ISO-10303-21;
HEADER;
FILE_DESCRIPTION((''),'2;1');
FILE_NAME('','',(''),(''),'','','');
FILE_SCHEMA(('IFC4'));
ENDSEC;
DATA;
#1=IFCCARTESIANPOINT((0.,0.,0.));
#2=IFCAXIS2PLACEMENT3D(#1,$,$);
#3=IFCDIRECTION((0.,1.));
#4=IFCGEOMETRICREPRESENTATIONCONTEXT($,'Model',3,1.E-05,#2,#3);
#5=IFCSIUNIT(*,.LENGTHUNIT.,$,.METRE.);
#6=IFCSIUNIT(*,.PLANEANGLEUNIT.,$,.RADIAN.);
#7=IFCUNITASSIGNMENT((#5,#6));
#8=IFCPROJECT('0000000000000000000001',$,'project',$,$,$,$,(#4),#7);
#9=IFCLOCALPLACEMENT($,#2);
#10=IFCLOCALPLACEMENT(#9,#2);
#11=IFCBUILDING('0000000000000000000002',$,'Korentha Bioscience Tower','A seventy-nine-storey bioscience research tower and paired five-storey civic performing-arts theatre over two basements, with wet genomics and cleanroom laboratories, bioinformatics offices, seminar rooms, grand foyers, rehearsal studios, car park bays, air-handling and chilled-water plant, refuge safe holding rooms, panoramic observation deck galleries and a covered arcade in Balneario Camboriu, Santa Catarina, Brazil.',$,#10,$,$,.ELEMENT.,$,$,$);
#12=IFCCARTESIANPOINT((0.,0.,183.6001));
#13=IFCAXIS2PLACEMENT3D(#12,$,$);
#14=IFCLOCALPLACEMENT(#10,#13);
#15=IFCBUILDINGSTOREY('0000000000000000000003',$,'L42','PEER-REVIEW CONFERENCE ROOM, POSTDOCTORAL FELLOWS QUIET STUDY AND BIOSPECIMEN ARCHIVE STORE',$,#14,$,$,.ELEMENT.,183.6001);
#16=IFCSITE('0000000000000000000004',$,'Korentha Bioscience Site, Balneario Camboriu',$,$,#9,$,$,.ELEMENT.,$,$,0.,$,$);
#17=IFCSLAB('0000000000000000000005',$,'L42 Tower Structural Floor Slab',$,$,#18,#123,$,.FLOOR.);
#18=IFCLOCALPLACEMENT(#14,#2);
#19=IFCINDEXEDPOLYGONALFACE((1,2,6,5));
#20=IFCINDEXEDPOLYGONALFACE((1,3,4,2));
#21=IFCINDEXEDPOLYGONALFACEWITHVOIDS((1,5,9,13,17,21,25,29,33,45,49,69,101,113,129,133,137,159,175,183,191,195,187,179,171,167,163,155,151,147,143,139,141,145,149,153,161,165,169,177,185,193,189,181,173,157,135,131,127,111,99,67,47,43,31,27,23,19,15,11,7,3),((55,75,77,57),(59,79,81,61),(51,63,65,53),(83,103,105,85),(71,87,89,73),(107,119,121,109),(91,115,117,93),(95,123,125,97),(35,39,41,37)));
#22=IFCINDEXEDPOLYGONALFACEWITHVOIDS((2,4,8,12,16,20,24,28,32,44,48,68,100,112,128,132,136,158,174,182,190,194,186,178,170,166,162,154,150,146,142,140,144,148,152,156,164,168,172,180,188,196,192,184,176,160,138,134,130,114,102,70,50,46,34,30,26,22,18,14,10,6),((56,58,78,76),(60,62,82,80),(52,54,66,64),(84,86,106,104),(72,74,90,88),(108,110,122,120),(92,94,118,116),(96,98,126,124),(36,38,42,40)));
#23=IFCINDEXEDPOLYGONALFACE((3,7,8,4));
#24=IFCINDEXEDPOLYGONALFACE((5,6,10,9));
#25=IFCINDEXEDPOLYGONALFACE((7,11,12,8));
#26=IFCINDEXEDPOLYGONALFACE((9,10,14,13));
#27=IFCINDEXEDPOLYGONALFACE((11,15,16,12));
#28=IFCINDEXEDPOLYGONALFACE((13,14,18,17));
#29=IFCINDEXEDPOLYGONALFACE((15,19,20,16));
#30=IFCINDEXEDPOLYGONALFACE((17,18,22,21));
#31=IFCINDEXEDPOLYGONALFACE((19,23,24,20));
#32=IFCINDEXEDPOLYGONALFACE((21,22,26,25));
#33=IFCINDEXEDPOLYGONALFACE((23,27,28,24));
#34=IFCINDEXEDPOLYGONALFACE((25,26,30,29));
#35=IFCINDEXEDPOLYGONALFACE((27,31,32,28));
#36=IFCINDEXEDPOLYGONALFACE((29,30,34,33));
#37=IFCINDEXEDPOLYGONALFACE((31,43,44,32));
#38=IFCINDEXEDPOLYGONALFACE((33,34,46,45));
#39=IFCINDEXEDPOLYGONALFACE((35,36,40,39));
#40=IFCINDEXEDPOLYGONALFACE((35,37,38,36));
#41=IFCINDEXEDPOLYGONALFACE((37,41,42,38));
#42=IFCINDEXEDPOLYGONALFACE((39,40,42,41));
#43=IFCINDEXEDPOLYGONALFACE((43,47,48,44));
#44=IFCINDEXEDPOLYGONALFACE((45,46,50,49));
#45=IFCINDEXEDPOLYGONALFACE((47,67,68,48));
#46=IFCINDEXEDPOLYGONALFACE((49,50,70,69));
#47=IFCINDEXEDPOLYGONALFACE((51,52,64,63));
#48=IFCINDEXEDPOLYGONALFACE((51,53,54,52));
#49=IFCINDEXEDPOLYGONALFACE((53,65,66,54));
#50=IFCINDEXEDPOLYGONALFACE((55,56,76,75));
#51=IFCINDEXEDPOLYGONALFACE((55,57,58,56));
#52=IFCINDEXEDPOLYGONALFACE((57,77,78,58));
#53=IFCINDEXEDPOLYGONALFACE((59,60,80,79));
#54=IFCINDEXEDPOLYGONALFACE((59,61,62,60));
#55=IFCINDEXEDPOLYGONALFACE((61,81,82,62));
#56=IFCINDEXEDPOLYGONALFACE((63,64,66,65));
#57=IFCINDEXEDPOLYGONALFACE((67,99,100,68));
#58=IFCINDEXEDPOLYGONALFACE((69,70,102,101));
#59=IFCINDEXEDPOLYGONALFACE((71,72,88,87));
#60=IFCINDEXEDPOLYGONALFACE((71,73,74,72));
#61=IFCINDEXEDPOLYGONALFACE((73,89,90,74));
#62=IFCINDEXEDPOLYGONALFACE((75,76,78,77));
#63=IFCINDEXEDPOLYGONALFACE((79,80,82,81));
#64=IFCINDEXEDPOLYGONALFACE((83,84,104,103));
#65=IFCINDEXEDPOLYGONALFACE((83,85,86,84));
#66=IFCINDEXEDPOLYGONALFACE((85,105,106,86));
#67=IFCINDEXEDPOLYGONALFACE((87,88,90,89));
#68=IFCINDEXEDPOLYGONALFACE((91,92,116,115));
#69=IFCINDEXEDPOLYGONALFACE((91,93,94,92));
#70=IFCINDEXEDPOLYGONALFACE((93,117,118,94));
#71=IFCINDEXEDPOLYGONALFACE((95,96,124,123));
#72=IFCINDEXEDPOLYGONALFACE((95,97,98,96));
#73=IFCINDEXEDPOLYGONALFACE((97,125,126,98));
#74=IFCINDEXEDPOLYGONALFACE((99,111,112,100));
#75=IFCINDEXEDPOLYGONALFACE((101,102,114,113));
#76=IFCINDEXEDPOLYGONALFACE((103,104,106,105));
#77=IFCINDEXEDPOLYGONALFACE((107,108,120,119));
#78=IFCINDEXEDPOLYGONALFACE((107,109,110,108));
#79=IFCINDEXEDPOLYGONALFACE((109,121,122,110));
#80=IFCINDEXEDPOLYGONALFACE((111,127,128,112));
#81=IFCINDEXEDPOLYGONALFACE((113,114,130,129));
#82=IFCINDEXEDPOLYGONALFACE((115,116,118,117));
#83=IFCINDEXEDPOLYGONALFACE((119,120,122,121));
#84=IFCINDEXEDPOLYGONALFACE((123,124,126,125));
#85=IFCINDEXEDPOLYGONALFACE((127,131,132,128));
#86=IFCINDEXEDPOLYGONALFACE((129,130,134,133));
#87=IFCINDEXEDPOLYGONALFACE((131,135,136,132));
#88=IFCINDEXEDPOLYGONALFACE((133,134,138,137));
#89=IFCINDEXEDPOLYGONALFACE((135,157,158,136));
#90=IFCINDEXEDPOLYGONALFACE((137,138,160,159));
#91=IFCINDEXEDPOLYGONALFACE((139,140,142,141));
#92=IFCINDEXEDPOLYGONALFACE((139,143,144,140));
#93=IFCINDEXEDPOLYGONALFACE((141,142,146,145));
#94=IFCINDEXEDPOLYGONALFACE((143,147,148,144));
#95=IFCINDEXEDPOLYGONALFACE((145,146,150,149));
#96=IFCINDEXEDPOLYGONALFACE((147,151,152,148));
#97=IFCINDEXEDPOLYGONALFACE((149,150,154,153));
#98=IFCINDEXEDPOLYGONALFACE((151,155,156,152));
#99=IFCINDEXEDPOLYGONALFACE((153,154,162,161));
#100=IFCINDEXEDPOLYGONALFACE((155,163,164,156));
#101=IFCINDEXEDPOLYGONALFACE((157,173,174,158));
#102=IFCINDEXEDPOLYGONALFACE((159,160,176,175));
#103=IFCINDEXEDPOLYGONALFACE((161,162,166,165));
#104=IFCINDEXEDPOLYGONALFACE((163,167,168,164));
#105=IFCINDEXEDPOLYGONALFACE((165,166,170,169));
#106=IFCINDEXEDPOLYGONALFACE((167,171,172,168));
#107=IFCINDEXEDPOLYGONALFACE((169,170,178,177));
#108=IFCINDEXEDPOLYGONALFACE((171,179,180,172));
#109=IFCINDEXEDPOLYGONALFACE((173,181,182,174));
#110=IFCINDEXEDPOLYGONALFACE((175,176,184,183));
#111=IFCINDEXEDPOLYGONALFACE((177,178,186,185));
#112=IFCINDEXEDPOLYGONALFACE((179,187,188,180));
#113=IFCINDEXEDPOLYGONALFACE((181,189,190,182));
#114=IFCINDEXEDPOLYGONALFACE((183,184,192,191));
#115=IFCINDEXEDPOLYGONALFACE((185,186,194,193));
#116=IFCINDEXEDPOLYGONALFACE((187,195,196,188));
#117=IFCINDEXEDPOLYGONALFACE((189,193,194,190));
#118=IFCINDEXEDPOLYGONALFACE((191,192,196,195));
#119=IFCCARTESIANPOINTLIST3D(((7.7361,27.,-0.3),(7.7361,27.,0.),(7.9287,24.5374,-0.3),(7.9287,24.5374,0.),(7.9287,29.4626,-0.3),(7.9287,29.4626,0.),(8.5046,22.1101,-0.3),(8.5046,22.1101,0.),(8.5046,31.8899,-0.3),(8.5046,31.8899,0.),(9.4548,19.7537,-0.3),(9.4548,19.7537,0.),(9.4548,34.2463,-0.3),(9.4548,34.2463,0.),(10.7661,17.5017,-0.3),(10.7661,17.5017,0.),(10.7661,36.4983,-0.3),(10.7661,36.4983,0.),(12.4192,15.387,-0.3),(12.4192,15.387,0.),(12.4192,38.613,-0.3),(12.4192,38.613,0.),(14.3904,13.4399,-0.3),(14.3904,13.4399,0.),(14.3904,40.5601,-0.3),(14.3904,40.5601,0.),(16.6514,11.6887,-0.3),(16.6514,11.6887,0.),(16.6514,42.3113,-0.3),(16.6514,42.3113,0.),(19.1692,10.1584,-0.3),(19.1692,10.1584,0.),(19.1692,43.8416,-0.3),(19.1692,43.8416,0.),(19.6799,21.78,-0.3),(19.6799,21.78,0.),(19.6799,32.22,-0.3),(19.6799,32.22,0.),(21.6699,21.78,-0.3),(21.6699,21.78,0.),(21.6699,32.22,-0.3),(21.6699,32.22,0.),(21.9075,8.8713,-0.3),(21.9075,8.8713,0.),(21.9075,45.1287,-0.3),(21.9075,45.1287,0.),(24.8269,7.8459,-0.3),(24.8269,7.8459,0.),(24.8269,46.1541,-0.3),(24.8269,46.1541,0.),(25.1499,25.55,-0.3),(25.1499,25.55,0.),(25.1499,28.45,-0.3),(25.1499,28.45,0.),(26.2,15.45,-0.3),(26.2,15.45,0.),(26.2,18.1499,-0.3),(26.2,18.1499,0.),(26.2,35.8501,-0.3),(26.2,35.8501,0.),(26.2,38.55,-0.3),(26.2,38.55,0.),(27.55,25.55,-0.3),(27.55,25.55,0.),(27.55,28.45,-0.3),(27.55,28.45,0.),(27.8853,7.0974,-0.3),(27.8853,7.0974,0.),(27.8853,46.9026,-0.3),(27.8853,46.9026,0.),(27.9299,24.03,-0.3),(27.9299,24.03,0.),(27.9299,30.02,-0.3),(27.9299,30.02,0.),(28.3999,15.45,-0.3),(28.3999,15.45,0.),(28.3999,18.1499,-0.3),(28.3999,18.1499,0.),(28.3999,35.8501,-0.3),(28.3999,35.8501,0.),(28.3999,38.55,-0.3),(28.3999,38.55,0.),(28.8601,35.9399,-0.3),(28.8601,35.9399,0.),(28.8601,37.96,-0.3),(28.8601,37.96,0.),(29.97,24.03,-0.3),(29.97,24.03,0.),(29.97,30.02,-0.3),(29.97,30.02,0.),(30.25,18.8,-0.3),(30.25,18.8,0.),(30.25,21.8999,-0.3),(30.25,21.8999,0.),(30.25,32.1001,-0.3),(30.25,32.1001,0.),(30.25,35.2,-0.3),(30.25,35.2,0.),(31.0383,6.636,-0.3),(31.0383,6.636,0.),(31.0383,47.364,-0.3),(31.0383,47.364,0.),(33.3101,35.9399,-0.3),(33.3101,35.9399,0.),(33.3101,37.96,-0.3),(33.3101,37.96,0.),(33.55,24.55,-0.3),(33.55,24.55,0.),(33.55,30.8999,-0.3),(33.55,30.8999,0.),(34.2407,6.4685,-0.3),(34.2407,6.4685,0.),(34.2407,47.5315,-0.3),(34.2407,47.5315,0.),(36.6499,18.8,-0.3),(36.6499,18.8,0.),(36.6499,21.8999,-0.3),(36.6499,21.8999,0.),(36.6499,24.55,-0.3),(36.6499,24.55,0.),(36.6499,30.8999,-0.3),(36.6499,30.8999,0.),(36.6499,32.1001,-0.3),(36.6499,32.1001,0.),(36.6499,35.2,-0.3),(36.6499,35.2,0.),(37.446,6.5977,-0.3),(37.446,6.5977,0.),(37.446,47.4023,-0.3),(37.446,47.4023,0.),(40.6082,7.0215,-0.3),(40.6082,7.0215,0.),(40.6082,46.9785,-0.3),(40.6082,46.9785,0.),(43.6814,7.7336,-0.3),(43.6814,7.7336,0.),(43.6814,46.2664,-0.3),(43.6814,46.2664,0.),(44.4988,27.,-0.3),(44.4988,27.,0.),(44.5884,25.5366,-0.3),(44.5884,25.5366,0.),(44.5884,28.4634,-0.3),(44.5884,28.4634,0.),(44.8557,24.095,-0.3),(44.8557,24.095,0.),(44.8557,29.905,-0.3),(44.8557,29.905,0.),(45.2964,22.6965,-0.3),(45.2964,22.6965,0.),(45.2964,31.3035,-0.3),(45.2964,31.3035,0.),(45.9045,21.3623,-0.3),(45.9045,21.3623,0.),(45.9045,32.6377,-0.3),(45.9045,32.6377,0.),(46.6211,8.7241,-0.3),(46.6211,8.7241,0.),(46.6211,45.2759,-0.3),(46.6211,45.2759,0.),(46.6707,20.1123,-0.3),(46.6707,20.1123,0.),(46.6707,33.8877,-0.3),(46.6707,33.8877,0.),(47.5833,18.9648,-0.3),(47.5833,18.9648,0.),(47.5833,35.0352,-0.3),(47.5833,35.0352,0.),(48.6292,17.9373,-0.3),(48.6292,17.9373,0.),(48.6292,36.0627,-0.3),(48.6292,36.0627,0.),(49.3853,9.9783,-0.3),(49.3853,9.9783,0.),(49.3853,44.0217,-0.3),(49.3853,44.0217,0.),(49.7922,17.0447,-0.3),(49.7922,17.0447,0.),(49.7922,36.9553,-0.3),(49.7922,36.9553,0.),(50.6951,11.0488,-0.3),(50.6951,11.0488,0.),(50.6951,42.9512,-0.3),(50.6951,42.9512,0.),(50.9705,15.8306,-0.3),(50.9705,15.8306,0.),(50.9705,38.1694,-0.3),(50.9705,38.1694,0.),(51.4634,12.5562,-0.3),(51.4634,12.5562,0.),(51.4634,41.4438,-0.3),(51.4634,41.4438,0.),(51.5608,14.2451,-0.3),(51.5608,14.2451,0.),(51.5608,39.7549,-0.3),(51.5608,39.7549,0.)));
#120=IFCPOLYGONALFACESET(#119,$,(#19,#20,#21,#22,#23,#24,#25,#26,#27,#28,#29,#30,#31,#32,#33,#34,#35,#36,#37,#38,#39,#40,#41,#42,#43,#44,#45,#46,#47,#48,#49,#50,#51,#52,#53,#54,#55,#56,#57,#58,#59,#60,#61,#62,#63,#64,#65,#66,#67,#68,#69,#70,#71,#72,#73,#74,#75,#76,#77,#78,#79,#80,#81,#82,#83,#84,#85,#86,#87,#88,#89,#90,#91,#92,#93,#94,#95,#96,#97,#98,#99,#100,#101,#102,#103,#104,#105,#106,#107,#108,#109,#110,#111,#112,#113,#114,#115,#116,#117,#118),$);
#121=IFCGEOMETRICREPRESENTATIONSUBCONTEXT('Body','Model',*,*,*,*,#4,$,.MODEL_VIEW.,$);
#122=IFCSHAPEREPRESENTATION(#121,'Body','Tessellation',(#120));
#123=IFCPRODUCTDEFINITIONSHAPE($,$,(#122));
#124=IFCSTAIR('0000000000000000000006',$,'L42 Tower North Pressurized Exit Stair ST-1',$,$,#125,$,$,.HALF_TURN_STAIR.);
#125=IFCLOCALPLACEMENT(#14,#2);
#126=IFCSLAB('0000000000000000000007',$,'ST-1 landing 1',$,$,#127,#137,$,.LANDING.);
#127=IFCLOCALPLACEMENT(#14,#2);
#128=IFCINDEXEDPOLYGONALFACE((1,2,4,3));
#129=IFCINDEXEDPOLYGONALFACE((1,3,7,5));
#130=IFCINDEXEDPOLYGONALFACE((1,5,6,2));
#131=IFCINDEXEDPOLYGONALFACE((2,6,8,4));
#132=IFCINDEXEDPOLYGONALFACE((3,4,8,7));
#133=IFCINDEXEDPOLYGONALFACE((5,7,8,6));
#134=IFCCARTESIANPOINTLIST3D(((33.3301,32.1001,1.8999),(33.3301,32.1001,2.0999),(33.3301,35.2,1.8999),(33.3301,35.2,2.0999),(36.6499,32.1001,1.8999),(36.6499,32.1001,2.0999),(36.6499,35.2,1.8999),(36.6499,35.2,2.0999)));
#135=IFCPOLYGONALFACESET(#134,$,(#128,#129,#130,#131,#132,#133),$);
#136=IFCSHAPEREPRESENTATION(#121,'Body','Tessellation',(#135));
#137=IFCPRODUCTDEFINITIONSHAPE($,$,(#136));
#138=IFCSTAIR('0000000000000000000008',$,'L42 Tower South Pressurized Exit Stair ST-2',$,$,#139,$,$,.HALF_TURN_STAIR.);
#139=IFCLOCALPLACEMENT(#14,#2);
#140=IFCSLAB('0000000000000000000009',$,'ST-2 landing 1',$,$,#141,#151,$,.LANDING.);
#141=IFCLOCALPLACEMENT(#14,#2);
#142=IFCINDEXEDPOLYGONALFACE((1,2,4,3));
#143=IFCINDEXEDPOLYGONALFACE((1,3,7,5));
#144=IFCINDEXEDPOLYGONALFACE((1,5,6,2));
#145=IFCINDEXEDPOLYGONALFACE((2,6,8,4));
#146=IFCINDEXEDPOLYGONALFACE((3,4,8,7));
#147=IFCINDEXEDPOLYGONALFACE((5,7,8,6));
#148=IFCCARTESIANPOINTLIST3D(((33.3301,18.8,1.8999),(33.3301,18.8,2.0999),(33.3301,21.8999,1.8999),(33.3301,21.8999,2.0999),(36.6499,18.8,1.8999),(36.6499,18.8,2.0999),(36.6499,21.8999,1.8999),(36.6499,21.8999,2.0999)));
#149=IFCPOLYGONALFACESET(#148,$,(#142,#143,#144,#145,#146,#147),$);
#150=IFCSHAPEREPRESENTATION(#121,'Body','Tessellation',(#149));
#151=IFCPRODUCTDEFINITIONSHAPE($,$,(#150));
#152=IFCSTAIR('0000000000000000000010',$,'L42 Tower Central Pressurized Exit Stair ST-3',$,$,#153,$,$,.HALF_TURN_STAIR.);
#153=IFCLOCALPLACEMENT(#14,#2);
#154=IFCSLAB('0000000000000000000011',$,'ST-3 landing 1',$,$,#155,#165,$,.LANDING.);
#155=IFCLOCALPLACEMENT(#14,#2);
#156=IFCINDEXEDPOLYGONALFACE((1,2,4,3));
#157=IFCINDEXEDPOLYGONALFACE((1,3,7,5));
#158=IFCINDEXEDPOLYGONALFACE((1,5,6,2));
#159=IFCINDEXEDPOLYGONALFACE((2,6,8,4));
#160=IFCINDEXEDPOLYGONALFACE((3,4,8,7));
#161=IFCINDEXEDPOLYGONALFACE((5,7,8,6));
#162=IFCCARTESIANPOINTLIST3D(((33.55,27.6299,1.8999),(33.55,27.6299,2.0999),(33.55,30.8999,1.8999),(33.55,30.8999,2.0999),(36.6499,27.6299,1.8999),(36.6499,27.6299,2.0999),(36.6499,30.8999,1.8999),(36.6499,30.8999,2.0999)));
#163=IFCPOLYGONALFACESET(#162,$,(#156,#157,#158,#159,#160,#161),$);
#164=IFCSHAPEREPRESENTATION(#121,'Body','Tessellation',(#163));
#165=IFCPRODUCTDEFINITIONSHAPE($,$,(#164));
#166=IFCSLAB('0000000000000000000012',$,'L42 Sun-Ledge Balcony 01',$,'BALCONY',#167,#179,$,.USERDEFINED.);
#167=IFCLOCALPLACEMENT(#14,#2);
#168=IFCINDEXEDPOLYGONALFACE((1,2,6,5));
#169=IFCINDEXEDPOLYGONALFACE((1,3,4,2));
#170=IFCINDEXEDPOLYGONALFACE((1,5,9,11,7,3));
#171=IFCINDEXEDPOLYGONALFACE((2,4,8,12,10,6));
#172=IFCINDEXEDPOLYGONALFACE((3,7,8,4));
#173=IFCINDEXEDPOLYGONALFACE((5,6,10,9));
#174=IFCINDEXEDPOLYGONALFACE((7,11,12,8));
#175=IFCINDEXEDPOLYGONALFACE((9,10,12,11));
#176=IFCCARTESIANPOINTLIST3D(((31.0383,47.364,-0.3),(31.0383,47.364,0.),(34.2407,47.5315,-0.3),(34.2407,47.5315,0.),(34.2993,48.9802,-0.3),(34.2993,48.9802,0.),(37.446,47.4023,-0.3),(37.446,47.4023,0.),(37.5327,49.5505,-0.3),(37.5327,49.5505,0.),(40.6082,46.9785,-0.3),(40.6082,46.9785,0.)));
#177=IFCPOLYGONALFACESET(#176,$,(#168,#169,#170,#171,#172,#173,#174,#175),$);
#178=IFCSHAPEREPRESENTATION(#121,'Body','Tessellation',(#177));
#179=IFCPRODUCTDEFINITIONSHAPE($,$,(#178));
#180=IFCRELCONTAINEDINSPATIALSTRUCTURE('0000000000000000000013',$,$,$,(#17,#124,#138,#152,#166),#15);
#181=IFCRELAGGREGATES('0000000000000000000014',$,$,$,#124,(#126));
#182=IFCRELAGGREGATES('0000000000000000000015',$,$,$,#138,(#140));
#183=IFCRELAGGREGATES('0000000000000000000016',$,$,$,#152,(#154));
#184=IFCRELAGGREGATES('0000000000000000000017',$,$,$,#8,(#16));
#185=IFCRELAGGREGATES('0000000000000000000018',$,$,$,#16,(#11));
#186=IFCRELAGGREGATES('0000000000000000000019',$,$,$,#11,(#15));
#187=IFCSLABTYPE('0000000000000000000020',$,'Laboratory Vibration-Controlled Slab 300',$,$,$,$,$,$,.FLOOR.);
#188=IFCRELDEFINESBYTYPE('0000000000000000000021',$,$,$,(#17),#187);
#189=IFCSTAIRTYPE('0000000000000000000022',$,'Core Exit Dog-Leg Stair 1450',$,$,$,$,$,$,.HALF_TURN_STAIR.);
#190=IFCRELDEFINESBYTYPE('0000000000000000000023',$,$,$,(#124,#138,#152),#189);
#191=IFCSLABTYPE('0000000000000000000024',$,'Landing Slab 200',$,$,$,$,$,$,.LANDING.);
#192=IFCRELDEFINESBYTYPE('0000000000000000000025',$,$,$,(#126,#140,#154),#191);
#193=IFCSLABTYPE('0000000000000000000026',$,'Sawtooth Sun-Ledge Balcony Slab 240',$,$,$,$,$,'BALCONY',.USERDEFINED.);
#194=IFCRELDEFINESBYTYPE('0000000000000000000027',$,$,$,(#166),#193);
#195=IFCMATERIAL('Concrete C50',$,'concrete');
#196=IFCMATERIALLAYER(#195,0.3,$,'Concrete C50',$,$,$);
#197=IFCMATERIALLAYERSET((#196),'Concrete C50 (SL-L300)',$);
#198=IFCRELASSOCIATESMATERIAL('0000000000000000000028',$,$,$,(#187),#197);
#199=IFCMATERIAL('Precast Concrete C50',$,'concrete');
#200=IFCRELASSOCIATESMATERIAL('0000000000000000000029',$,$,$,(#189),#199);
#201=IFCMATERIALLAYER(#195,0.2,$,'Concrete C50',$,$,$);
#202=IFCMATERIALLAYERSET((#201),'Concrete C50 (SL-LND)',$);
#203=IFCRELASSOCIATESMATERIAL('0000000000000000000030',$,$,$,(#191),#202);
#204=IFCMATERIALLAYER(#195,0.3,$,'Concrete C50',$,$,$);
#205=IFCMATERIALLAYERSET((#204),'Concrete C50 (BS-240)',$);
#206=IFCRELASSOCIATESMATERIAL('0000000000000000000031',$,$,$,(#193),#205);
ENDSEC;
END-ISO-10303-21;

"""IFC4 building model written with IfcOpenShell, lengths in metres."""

from ifc_helpers import new_model, si_unit, direction, frame, origin, place, context, subcontext, project, spatial, polyline, outline, extrude, material, layer, layer_set, type_object, element, aggregate, save


model = new_model("IFC4")

# Units and contexts
model_context = context("Model", 3, precision=1e-05, world=origin(), true_north=direction((0.0, 1.0)))
body_context = subcontext(model_context, "Body", "Model", "MODEL_VIEW")
ifc_project = project(units=[si_unit("LENGTHUNIT", "METRE"), si_unit("PLANEANGLEUNIT", "RADIAN")], contexts=[model_context])

# Site, building, storey
site_placement = place(None, origin())
site = spatial("IfcSite", under=ifc_project, at=site_placement, Name="Korentha Bioscience Site, Balneario Camboriu", CompositionType="ELEMENT", RefElevation=0.0)
building_placement = place(site_placement, origin())
building = spatial("IfcBuilding", under=site, at=building_placement, Name="Korentha Bioscience Tower", Description="A seventy-nine-storey bioscience research tower and paired five-storey civic performing-arts theatre over two basements, with wet genomics and cleanroom laboratories, bioinformatics offices, seminar rooms, grand foyers, rehearsal studios, car park bays, air-handling and chilled-water plant, refuge safe holding rooms, panoramic observation deck galleries and a covered arcade in Balneario Camboriu, Santa Catarina, Brazil.", CompositionType="ELEMENT")
storey_placement = place(building_placement, frame((0.0, 0.0, 183.6001)))
storey = spatial("IfcBuildingStorey", under=building, at=storey_placement, Name="L42", Description="PEER-REVIEW CONFERENCE ROOM, POSTDOCTORAL FELLOWS QUIET STUDY AND BIOSPECIMEN ARCHIVE STORE", CompositionType="ELEMENT", Elevation=183.6001)

# Slab
ifc_material_1 = material(Name="Concrete C50", Category="concrete")
ifc_layer_1 = layer(ifc_material_1, 0.3, Name="Concrete C50")
ifc_layer_set_1 = layer_set([ifc_layer_1], Name="Concrete C50 (SL-L300)")
slab_type_1 = type_object("IfcSlabType", Name="Laboratory Vibration-Controlled Slab 300", PredefinedType="FLOOR", material=ifc_layer_set_1)
slab_1_placement = place(storey_placement, frame((0.0, 0.0, -0.3)))
element("IfcSlab", 1, at=slab_1_placement, inside=storey, type_object=slab_type_1, Name="L42 Tower Structural Floor Slab", PredefinedType="FLOOR", context=body_context, shape_type="SweptSolid", body=[
    extrude(outline(polyline([(49.3853, 44.0217), (46.6211, 45.2759), (43.6814, 46.2664), (40.6082, 46.9785), (37.446, 47.4023), (34.2407, 47.5315), (31.0383, 47.364), (27.8853, 46.9026), (24.8269, 46.1541), (21.9075, 45.1287), (19.1692, 43.8416), (16.6514, 42.3113), (14.3904, 40.5601), (12.4192, 38.613), (10.7661, 36.4983), (9.4548, 34.2463), (8.5046, 31.8899), (7.9287, 29.4626), (7.7361, 27.0), (7.9287, 24.5374), (8.5046, 22.1101), (9.4548, 19.7537), (10.7661, 17.5017), (12.4192, 15.387), (14.3904, 13.4399), (16.6514, 11.6887), (19.1692, 10.1584), (21.9075, 8.8713), (24.8269, 7.8459), (27.8853, 7.0974), (31.0383, 6.636), (34.2407, 6.4685), (37.446, 6.5977), (40.6082, 7.0215), (43.6814, 7.7336), (46.6211, 8.7241), (49.3853, 9.9783), (50.6951, 11.0488), (51.4634, 12.5562), (51.5608, 14.2451), (50.9705, 15.8306), (49.7922, 17.0447), (48.6292, 17.9373), (47.5833, 18.9648), (46.6707, 20.1123), (45.9045, 21.3623), (45.2964, 22.6965), (44.8557, 24.095), (44.5884, 25.5366), (44.4988, 27.0), (44.5884, 28.4634), (44.8557, 29.905), (45.2964, 31.3035), (45.9045, 32.6377), (46.6707, 33.8877), (47.5833, 35.0352), (48.6292, 36.0627), (49.7922, 36.9553), (50.9705, 38.1694), (51.5608, 39.7549), (51.4634, 41.4438), (50.6951, 42.9512), (49.3853, 44.0217)]), holes=[polyline([(30.25, 32.1001), (36.6499, 32.1001), (36.6499, 35.2), (30.25, 35.2), (30.25, 32.1001)]), polyline([(30.25, 18.8), (36.6499, 18.8), (36.6499, 21.8999), (30.25, 21.8999), (30.25, 18.8)]), polyline([(36.6499, 24.55), (36.6499, 30.8999), (33.55, 30.8999), (33.55, 24.55), (36.6499, 24.55)]), polyline([(19.6799, 21.78), (21.6699, 21.78), (21.6699, 32.22), (19.6799, 32.22), (19.6799, 21.78)]), polyline([(27.9299, 24.03), (29.97, 24.03), (29.97, 30.02), (27.9299, 30.02), (27.9299, 24.03)]), polyline([(28.8601, 35.9399), (33.3101, 35.9399), (33.3101, 37.96), (28.8601, 37.96), (28.8601, 35.9399)]), polyline([(26.2, 15.45), (28.3999, 15.45), (28.3999, 18.1499), (26.2, 18.1499), (26.2, 15.45)]), polyline([(26.2, 35.8501), (28.3999, 35.8501), (28.3999, 38.55), (26.2, 38.55), (26.2, 35.8501)]), polyline([(25.1499, 25.55), (27.55, 25.55), (27.55, 28.45), (25.1499, 28.45), (25.1499, 25.55)])]), origin(), (0.0, 0.0, 1.0), 0.3),
])

# Stairs, slabs
ifc_material_2 = material(Name="Precast Concrete C50", Category="concrete")
stair_type = type_object("IfcStairType", Name="Core Exit Dog-Leg Stair 1450", PredefinedType="HALF_TURN_STAIR", material=ifc_material_2)
stair_1_placement = place(storey_placement, origin())
stair_1 = element("IfcStair", 2, at=stair_1_placement, inside=storey, type_object=stair_type, Name="L42 Tower North Pressurized Exit Stair ST-1", PredefinedType="HALF_TURN_STAIR")
ifc_layer_2 = layer(ifc_material_1, 0.2, Name="Concrete C50")
ifc_layer_set_2 = layer_set([ifc_layer_2], Name="Concrete C50 (SL-LND)")
slab_type_2 = type_object("IfcSlabType", Name="Landing Slab 200", PredefinedType="LANDING", material=ifc_layer_set_2)
slab_2_placement = place(storey_placement, frame((0.0, 0.0, 1.8999)))
slab_2 = element("IfcSlab", 3, at=slab_2_placement, type_object=slab_type_2, Name="ST-1 landing 1", PredefinedType="LANDING", context=body_context, shape_type="SweptSolid", body=[
    extrude(outline(polyline([(33.3301, 32.1001), (36.6499, 32.1001), (36.6499, 35.2), (33.3301, 35.2), (33.3301, 32.1001)])), origin(), (0.0, 0.0, 1.0), 0.2),
])
aggregate(stair_1, [slab_2])
stair_2_placement = place(storey_placement, origin())
stair_2 = element("IfcStair", 4, at=stair_2_placement, inside=storey, type_object=stair_type, Name="L42 Tower South Pressurized Exit Stair ST-2", PredefinedType="HALF_TURN_STAIR")
slab_3_placement = place(storey_placement, frame((0.0, 0.0, 1.8999)))
slab_3 = element("IfcSlab", 5, at=slab_3_placement, type_object=slab_type_2, Name="ST-2 landing 1", PredefinedType="LANDING", context=body_context, shape_type="SweptSolid", body=[
    extrude(outline(polyline([(33.3301, 18.8), (36.6499, 18.8), (36.6499, 21.8999), (33.3301, 21.8999), (33.3301, 18.8)])), origin(), (0.0, 0.0, 1.0), 0.2),
])
aggregate(stair_2, [slab_3])
stair_3_placement = place(storey_placement, origin())
stair_3 = element("IfcStair", 6, at=stair_3_placement, inside=storey, type_object=stair_type, Name="L42 Tower Central Pressurized Exit Stair ST-3", PredefinedType="HALF_TURN_STAIR")
slab_4_placement = place(storey_placement, frame((0.0, 0.0, 1.8999)))
slab_4 = element("IfcSlab", 7, at=slab_4_placement, type_object=slab_type_2, Name="ST-3 landing 1", PredefinedType="LANDING", context=body_context, shape_type="SweptSolid", body=[
    extrude(outline(polyline([(36.6499, 27.6299), (36.6499, 30.8999), (33.55, 30.8999), (33.55, 27.6299), (36.6499, 27.6299)])), origin(), (0.0, 0.0, 1.0), 0.2),
])
aggregate(stair_3, [slab_4])

# Slab
ifc_layer_3 = layer(ifc_material_1, 0.3, Name="Concrete C50")
ifc_layer_set_3 = layer_set([ifc_layer_3], Name="Concrete C50 (BS-240)")
slab_type_3 = type_object("IfcSlabType", Name="Sawtooth Sun-Ledge Balcony Slab 240", ElementType="BALCONY", PredefinedType="USERDEFINED", material=ifc_layer_set_3)
slab_5_placement = place(storey_placement, frame((0.0, 0.0, -0.3)))
element("IfcSlab", 8, at=slab_5_placement, inside=storey, type_object=slab_type_3, Name="L42 Sun-Ledge Balcony 01", ObjectType="BALCONY", PredefinedType="USERDEFINED", context=body_context, shape_type="SweptSolid", body=[
    extrude(outline(polyline([(31.0383, 47.364), (34.2407, 47.5315), (37.446, 47.4023), (40.6082, 46.9785), (37.5327, 49.5505), (34.2993, 48.9802), (31.0383, 47.364)])), origin(), (0.0, 0.0, 1.0), 0.3),
])

save(model, "model.ifc")
